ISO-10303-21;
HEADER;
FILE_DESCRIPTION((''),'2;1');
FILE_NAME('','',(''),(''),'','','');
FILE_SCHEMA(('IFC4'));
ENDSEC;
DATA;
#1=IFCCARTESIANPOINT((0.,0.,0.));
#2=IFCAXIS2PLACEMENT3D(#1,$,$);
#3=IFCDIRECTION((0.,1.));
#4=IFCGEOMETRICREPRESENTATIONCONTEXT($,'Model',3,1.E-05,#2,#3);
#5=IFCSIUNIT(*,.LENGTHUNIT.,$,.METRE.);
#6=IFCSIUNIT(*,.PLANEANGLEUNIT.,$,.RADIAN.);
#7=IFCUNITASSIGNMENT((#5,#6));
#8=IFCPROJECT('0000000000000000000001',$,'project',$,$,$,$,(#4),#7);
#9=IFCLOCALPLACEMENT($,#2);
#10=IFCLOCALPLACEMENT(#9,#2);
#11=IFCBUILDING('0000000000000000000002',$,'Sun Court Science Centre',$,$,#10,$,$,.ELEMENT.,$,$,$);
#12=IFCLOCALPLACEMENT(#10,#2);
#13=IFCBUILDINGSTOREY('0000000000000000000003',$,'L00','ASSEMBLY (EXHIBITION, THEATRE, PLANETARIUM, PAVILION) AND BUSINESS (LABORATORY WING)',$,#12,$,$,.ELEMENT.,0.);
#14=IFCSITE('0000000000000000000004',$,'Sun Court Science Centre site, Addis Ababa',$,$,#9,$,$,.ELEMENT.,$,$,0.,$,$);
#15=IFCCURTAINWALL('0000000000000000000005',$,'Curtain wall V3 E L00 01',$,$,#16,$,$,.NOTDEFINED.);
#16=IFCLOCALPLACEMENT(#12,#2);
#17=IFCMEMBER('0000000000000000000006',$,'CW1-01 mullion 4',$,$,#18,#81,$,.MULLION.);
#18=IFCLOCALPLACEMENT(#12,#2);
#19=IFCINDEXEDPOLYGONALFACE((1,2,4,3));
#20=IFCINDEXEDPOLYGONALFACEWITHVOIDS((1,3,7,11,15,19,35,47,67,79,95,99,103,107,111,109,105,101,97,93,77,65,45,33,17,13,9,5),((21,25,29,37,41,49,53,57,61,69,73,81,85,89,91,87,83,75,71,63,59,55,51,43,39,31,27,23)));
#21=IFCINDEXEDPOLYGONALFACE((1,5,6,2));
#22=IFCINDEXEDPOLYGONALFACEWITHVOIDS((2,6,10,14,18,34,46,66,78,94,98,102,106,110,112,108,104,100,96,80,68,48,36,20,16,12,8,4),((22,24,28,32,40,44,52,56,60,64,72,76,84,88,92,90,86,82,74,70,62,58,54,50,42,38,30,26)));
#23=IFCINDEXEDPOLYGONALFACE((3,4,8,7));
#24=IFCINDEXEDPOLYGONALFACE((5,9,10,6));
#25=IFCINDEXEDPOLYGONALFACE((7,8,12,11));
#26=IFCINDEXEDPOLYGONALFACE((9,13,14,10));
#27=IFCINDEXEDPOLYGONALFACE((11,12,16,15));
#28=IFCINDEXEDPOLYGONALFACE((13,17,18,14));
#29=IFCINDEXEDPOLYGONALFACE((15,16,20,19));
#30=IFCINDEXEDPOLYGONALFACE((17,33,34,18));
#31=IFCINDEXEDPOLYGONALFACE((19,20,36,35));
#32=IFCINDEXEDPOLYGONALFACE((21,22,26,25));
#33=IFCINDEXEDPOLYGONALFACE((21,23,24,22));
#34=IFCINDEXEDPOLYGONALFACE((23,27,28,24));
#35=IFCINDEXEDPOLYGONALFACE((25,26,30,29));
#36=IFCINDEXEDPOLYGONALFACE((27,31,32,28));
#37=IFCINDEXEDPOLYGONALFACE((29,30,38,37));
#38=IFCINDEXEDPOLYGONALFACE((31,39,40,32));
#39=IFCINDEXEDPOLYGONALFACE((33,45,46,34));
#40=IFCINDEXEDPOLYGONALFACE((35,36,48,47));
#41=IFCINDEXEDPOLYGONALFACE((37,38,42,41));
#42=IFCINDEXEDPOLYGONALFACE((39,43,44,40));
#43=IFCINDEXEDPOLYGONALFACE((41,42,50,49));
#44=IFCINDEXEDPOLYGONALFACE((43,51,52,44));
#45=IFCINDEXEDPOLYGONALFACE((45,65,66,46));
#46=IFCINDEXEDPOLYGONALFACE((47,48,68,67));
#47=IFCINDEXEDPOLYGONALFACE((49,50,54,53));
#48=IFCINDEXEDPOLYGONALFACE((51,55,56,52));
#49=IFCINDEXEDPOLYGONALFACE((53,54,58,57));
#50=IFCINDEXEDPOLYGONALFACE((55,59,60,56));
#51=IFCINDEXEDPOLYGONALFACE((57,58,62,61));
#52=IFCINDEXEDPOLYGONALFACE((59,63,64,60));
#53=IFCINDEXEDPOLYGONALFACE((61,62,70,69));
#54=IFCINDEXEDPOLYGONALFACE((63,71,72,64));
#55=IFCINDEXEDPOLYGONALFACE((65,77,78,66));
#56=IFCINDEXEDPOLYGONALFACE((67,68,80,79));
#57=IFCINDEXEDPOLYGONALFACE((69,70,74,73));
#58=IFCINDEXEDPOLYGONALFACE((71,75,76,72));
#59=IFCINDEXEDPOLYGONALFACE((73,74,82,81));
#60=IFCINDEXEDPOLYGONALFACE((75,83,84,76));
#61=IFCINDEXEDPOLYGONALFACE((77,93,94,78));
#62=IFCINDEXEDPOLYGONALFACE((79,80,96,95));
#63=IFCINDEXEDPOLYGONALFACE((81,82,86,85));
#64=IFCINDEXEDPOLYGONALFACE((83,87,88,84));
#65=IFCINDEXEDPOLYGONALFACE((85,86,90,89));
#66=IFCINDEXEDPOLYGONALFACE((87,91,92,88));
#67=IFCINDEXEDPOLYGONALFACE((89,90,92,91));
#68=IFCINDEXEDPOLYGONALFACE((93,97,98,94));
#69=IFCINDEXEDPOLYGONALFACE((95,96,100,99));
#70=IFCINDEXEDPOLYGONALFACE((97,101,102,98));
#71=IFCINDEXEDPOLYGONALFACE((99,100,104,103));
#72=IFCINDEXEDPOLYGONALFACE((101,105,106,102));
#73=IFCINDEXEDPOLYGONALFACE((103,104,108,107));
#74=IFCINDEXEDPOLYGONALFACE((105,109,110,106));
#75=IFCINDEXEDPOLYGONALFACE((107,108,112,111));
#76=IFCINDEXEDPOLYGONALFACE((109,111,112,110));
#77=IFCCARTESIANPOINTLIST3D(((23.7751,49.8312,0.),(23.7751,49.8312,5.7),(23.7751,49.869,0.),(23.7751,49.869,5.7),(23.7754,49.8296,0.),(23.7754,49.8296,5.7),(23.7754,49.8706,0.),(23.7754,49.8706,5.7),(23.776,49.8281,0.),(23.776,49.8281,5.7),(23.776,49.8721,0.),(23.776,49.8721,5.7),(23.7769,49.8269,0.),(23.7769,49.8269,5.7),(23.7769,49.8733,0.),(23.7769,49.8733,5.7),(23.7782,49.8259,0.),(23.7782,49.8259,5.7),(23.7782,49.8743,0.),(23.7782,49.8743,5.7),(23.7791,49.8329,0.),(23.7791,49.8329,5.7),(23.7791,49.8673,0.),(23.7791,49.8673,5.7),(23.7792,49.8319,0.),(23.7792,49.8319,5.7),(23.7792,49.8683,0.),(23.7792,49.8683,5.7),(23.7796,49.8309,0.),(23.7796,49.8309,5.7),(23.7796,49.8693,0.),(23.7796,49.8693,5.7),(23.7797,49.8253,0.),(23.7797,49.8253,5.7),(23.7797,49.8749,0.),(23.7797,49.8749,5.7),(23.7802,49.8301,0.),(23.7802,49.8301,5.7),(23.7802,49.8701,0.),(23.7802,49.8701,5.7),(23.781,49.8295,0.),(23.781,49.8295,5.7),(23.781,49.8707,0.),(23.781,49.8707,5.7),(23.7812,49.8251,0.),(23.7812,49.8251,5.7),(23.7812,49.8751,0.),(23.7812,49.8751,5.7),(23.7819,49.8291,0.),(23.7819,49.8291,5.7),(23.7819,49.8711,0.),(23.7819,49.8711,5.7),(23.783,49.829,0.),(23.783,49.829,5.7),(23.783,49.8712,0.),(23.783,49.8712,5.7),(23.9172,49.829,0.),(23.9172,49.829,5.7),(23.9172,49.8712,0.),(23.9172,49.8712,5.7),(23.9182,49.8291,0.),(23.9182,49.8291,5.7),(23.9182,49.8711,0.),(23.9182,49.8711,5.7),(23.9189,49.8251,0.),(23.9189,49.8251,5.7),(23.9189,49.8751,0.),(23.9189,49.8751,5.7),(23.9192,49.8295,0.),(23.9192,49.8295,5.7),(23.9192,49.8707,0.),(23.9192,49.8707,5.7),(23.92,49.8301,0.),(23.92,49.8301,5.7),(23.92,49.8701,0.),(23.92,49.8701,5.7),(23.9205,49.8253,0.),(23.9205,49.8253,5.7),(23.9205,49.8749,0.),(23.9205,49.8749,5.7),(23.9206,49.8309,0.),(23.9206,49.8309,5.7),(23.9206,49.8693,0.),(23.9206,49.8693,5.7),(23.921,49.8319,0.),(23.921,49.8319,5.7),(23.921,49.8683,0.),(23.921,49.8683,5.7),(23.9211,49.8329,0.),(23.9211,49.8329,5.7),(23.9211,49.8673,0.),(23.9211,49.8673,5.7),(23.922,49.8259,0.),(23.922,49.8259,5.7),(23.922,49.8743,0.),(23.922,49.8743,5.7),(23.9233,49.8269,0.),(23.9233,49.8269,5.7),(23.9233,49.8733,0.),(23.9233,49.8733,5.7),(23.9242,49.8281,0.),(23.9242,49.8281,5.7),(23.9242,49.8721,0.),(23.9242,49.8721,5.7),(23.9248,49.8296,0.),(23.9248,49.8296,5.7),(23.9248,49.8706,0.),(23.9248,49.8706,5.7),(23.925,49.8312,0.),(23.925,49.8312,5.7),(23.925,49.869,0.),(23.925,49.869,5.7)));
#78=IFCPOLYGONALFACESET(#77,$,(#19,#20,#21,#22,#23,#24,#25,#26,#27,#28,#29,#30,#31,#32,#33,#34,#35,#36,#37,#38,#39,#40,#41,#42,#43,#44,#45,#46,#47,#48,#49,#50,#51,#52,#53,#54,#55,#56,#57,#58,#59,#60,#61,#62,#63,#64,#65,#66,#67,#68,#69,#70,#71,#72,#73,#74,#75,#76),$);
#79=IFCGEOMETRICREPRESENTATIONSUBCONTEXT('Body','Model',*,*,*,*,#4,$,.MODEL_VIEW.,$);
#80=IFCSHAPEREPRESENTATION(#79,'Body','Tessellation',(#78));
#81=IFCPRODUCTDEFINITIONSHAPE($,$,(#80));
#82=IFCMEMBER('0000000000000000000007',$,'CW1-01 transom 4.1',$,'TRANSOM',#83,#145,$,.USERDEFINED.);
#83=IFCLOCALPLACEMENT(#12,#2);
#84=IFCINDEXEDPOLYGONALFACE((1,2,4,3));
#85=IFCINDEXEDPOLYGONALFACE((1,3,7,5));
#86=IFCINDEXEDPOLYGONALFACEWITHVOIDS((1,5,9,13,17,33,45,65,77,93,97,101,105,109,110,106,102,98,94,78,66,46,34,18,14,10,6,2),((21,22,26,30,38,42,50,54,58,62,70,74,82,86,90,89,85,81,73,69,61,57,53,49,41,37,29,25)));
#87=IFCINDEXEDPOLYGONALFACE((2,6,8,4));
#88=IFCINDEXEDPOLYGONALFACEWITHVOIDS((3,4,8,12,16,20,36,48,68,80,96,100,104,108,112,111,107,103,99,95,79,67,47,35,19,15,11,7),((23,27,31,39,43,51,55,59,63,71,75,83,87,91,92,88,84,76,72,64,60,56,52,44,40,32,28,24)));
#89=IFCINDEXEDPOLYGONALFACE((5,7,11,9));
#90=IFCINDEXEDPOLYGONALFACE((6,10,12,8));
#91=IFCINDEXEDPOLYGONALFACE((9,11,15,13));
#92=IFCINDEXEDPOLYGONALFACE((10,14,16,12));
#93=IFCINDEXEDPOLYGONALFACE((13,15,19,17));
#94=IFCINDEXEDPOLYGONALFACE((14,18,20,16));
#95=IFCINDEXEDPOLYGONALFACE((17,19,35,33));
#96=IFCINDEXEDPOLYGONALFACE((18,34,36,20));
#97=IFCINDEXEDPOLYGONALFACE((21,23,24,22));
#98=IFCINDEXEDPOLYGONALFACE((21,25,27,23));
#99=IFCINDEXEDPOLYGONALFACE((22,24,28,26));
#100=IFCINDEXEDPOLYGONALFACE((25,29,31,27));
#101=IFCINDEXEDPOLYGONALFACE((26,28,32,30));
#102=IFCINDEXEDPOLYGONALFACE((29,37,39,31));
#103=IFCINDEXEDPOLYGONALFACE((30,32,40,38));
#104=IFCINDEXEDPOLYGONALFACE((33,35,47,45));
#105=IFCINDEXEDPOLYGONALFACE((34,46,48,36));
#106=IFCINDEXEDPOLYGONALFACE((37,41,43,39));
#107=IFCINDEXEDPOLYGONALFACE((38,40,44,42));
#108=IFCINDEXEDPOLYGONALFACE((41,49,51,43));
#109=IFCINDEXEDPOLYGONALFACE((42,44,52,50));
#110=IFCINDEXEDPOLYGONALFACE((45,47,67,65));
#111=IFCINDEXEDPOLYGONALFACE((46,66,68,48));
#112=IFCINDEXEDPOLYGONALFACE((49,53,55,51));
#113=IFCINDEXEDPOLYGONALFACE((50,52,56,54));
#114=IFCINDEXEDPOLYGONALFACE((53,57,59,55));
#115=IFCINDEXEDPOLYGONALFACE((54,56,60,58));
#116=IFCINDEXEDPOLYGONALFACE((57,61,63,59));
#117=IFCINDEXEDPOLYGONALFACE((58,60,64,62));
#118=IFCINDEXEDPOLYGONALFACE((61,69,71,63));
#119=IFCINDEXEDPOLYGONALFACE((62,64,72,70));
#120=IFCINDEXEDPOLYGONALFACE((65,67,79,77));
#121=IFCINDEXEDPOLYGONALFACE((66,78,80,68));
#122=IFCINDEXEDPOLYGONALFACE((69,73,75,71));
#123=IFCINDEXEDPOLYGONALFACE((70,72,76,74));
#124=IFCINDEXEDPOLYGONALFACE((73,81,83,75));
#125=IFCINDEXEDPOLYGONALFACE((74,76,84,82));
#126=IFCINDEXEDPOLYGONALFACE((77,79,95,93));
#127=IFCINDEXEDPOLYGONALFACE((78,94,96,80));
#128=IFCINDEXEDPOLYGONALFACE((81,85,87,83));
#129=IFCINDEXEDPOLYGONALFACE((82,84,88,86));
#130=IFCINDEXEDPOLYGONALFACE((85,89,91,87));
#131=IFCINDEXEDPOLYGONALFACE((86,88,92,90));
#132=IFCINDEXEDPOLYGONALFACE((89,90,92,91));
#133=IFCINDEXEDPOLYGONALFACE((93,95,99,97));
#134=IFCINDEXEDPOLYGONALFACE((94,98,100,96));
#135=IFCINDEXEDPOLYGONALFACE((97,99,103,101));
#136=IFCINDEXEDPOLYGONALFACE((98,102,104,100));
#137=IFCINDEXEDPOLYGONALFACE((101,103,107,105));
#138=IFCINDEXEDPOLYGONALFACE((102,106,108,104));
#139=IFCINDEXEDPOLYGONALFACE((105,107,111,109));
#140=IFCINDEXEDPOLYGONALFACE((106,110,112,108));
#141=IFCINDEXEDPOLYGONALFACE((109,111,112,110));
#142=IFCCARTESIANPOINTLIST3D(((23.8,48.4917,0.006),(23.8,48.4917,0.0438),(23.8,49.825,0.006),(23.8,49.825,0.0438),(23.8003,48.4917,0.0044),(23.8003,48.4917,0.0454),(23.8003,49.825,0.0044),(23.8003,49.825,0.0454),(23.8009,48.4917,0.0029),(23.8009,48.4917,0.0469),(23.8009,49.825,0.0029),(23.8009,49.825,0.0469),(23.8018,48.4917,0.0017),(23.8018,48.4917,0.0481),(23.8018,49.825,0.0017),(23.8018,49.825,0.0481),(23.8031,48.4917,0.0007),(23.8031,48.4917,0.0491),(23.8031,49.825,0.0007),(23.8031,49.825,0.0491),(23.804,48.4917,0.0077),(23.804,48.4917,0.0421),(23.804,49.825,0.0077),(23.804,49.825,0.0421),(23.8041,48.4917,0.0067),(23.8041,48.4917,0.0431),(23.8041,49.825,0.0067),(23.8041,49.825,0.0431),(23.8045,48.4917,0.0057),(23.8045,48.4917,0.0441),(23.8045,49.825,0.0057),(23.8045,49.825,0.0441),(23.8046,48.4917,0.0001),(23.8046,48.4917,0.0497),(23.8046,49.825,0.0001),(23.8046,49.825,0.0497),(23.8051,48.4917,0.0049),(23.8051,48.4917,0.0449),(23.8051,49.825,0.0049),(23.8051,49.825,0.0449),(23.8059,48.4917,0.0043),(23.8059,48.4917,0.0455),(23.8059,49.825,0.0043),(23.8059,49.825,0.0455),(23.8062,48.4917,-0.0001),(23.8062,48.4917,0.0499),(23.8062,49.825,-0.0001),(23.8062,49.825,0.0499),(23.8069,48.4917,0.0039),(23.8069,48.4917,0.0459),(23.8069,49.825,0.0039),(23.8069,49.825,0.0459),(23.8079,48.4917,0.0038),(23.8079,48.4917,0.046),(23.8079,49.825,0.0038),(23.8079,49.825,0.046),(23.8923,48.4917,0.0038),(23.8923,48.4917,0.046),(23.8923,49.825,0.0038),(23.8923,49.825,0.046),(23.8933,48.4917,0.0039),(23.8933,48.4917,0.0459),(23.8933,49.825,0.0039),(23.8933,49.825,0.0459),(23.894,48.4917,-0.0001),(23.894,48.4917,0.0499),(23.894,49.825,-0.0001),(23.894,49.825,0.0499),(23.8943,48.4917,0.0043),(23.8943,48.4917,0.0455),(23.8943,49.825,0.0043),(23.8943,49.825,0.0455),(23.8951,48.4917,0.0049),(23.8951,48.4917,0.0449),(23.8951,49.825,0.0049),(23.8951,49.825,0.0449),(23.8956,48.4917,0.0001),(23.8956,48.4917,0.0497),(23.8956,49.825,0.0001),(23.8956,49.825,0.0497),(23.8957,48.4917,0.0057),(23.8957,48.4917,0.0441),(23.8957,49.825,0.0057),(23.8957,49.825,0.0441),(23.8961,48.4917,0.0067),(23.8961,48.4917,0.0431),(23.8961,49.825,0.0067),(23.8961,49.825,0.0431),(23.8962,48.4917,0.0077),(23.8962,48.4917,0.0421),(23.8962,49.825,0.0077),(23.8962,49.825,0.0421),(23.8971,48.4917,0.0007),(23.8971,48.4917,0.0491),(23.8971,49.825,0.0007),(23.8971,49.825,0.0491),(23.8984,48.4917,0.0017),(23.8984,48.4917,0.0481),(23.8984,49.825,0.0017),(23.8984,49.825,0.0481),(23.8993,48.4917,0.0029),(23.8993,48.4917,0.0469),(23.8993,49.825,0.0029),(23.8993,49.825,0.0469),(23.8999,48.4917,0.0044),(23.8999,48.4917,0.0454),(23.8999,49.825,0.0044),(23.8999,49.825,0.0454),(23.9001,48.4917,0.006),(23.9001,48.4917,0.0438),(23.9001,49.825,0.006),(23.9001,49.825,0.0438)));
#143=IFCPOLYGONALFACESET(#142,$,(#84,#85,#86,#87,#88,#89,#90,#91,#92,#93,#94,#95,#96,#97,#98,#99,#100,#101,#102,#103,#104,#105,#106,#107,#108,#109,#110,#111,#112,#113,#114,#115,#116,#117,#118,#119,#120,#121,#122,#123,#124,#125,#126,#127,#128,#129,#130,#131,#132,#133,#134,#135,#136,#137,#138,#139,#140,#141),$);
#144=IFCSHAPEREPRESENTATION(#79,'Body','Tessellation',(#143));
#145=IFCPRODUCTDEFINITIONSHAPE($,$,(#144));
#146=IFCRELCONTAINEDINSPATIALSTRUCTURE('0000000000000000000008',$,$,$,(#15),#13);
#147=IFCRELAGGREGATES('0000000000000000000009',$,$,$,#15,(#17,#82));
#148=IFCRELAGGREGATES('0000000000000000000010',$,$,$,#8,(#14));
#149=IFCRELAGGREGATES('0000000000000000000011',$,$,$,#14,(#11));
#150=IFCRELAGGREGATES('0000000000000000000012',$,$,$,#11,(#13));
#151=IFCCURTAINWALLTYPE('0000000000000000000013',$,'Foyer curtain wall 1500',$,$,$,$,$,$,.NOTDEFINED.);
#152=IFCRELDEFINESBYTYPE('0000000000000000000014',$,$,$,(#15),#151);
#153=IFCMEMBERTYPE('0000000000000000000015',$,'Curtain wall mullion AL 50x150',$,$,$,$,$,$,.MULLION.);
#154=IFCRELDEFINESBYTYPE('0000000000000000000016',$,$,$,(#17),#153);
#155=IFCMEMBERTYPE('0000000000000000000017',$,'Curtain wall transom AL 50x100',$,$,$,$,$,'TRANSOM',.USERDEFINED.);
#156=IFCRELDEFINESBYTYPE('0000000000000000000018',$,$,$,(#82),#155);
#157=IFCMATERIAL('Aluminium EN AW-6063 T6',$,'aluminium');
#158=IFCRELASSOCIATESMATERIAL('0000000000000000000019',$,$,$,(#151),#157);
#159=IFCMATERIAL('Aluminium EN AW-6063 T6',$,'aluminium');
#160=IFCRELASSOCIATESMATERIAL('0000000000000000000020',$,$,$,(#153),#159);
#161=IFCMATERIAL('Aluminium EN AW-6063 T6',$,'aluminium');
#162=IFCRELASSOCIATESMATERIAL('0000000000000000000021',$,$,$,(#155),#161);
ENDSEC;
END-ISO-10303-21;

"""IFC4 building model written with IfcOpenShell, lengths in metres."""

from ifc_helpers import new_model, si_unit, direction, frame, origin, origin_2d, place, context, subcontext, project, spatial, hollow_rectangle, extrude, material, material_profile, profile_set, type_object, element, aggregate, save


model = new_model("IFC4")

# Units and contexts
model_context = context("Model", 3, precision=1e-05, world=origin(), true_north=direction((0.0, 1.0)))
body_context = subcontext(model_context, "Body", "Model", "MODEL_VIEW")
ifc_project = project(units=[si_unit("LENGTHUNIT", "METRE"), si_unit("PLANEANGLEUNIT", "RADIAN")], contexts=[model_context])

# Site, building, storey
site_placement = place(None, origin())
site = spatial("IfcSite", under=ifc_project, at=site_placement, Name="Sun Court Science Centre site, Addis Ababa", CompositionType="ELEMENT", RefElevation=0.0)
building_placement = place(site_placement, origin())
building = spatial("IfcBuilding", under=site, at=building_placement, Name="Sun Court Science Centre", CompositionType="ELEMENT")
storey_placement = place(building_placement, origin())
storey = spatial("IfcBuildingStorey", under=building, at=storey_placement, Name="L00", Description="ASSEMBLY (EXHIBITION, THEATRE, PLANETARIUM, PAVILION) AND BUSINESS (LABORATORY WING)", CompositionType="ELEMENT", Elevation=0.0)

# Curtain wall, members
ifc_material_1 = material(Name="Aluminium EN AW-6063 T6", Category="aluminium")
curtain_wall_type = type_object("IfcCurtainWallType", Name="Foyer curtain wall 1500", PredefinedType="NOTDEFINED", material=ifc_material_1)
curtain_wall_placement = place(storey_placement, origin())
curtain_wall = element("IfcCurtainWall", 1, at=curtain_wall_placement, inside=storey, type_object=curtain_wall_type, Name="Curtain wall V3 E L00 01", PredefinedType="NOTDEFINED")
ifc_material_2 = material(Name="Aluminium EN AW-6063 T6", Category="aluminium")
ifc_material_profile_1 = material_profile(ifc_material_2, hollow_rectangle(XDim=0.05, YDim=0.1499, WallThickness=0.0039, InnerFilletRadius=0.0039, OuterFilletRadius=0.0061, at=origin_2d()), Name="AL 50x150x4")
ifc_profile_set_1 = profile_set([ifc_material_profile_1], Name="Aluminium EN AW-6063 T6")
member_type_1 = type_object("IfcMemberType", Name="Curtain wall mullion AL 50x150", PredefinedType="MULLION", material=ifc_profile_set_1)
member_1_placement = place(storey_placement, frame((23.8501, 49.8501, 0.0), z_axis=(0.0, 0.0, 1.0), x_axis=(0.0, -1.0, 0.0)))
member_1 = element("IfcMember", 2, at=member_1_placement, type_object=member_type_1, Name="CW1-01 mullion 4", PredefinedType="MULLION", context=body_context, shape_type="SweptSolid", body=[
    extrude(hollow_rectangle(XDim=0.05, YDim=0.1499, WallThickness=0.0039, InnerFilletRadius=0.0039, OuterFilletRadius=0.0061, at=origin_2d()), origin(), (0.0, 0.0, 1.0), 5.7),
])
ifc_material_3 = material(Name="Aluminium EN AW-6063 T6", Category="aluminium")
ifc_material_profile_2 = material_profile(ifc_material_3, hollow_rectangle(XDim=0.05, YDim=0.1001, WallThickness=0.0039, InnerFilletRadius=0.0039, OuterFilletRadius=0.0061, at=origin_2d()), Name="AL 50x100x4")
ifc_profile_set_2 = profile_set([ifc_material_profile_2], Name="Aluminium EN AW-6063 T6")
member_type_2 = type_object("IfcMemberType", Name="Curtain wall transom AL 50x100", ElementType="TRANSOM", PredefinedType="USERDEFINED", material=ifc_profile_set_2)
member_2_placement = place(storey_placement, frame((23.8501, 49.825, 0.0249), z_axis=(0.0, -1.0, 0.0), x_axis=(0.0, 0.0, 1.0)))
member_2 = element("IfcMember", 3, at=member_2_placement, type_object=member_type_2, Name="CW1-01 transom 4.1", ObjectType="TRANSOM", PredefinedType="USERDEFINED", context=body_context, shape_type="SweptSolid", body=[
    extrude(hollow_rectangle(XDim=0.05, YDim=0.1001, WallThickness=0.0039, InnerFilletRadius=0.0039, OuterFilletRadius=0.0061, at=origin_2d()), origin(), (0.0, 0.0, 1.0), 1.3333),
])

aggregate(curtain_wall, [member_1, member_2])

save(model, "model.ifc")
